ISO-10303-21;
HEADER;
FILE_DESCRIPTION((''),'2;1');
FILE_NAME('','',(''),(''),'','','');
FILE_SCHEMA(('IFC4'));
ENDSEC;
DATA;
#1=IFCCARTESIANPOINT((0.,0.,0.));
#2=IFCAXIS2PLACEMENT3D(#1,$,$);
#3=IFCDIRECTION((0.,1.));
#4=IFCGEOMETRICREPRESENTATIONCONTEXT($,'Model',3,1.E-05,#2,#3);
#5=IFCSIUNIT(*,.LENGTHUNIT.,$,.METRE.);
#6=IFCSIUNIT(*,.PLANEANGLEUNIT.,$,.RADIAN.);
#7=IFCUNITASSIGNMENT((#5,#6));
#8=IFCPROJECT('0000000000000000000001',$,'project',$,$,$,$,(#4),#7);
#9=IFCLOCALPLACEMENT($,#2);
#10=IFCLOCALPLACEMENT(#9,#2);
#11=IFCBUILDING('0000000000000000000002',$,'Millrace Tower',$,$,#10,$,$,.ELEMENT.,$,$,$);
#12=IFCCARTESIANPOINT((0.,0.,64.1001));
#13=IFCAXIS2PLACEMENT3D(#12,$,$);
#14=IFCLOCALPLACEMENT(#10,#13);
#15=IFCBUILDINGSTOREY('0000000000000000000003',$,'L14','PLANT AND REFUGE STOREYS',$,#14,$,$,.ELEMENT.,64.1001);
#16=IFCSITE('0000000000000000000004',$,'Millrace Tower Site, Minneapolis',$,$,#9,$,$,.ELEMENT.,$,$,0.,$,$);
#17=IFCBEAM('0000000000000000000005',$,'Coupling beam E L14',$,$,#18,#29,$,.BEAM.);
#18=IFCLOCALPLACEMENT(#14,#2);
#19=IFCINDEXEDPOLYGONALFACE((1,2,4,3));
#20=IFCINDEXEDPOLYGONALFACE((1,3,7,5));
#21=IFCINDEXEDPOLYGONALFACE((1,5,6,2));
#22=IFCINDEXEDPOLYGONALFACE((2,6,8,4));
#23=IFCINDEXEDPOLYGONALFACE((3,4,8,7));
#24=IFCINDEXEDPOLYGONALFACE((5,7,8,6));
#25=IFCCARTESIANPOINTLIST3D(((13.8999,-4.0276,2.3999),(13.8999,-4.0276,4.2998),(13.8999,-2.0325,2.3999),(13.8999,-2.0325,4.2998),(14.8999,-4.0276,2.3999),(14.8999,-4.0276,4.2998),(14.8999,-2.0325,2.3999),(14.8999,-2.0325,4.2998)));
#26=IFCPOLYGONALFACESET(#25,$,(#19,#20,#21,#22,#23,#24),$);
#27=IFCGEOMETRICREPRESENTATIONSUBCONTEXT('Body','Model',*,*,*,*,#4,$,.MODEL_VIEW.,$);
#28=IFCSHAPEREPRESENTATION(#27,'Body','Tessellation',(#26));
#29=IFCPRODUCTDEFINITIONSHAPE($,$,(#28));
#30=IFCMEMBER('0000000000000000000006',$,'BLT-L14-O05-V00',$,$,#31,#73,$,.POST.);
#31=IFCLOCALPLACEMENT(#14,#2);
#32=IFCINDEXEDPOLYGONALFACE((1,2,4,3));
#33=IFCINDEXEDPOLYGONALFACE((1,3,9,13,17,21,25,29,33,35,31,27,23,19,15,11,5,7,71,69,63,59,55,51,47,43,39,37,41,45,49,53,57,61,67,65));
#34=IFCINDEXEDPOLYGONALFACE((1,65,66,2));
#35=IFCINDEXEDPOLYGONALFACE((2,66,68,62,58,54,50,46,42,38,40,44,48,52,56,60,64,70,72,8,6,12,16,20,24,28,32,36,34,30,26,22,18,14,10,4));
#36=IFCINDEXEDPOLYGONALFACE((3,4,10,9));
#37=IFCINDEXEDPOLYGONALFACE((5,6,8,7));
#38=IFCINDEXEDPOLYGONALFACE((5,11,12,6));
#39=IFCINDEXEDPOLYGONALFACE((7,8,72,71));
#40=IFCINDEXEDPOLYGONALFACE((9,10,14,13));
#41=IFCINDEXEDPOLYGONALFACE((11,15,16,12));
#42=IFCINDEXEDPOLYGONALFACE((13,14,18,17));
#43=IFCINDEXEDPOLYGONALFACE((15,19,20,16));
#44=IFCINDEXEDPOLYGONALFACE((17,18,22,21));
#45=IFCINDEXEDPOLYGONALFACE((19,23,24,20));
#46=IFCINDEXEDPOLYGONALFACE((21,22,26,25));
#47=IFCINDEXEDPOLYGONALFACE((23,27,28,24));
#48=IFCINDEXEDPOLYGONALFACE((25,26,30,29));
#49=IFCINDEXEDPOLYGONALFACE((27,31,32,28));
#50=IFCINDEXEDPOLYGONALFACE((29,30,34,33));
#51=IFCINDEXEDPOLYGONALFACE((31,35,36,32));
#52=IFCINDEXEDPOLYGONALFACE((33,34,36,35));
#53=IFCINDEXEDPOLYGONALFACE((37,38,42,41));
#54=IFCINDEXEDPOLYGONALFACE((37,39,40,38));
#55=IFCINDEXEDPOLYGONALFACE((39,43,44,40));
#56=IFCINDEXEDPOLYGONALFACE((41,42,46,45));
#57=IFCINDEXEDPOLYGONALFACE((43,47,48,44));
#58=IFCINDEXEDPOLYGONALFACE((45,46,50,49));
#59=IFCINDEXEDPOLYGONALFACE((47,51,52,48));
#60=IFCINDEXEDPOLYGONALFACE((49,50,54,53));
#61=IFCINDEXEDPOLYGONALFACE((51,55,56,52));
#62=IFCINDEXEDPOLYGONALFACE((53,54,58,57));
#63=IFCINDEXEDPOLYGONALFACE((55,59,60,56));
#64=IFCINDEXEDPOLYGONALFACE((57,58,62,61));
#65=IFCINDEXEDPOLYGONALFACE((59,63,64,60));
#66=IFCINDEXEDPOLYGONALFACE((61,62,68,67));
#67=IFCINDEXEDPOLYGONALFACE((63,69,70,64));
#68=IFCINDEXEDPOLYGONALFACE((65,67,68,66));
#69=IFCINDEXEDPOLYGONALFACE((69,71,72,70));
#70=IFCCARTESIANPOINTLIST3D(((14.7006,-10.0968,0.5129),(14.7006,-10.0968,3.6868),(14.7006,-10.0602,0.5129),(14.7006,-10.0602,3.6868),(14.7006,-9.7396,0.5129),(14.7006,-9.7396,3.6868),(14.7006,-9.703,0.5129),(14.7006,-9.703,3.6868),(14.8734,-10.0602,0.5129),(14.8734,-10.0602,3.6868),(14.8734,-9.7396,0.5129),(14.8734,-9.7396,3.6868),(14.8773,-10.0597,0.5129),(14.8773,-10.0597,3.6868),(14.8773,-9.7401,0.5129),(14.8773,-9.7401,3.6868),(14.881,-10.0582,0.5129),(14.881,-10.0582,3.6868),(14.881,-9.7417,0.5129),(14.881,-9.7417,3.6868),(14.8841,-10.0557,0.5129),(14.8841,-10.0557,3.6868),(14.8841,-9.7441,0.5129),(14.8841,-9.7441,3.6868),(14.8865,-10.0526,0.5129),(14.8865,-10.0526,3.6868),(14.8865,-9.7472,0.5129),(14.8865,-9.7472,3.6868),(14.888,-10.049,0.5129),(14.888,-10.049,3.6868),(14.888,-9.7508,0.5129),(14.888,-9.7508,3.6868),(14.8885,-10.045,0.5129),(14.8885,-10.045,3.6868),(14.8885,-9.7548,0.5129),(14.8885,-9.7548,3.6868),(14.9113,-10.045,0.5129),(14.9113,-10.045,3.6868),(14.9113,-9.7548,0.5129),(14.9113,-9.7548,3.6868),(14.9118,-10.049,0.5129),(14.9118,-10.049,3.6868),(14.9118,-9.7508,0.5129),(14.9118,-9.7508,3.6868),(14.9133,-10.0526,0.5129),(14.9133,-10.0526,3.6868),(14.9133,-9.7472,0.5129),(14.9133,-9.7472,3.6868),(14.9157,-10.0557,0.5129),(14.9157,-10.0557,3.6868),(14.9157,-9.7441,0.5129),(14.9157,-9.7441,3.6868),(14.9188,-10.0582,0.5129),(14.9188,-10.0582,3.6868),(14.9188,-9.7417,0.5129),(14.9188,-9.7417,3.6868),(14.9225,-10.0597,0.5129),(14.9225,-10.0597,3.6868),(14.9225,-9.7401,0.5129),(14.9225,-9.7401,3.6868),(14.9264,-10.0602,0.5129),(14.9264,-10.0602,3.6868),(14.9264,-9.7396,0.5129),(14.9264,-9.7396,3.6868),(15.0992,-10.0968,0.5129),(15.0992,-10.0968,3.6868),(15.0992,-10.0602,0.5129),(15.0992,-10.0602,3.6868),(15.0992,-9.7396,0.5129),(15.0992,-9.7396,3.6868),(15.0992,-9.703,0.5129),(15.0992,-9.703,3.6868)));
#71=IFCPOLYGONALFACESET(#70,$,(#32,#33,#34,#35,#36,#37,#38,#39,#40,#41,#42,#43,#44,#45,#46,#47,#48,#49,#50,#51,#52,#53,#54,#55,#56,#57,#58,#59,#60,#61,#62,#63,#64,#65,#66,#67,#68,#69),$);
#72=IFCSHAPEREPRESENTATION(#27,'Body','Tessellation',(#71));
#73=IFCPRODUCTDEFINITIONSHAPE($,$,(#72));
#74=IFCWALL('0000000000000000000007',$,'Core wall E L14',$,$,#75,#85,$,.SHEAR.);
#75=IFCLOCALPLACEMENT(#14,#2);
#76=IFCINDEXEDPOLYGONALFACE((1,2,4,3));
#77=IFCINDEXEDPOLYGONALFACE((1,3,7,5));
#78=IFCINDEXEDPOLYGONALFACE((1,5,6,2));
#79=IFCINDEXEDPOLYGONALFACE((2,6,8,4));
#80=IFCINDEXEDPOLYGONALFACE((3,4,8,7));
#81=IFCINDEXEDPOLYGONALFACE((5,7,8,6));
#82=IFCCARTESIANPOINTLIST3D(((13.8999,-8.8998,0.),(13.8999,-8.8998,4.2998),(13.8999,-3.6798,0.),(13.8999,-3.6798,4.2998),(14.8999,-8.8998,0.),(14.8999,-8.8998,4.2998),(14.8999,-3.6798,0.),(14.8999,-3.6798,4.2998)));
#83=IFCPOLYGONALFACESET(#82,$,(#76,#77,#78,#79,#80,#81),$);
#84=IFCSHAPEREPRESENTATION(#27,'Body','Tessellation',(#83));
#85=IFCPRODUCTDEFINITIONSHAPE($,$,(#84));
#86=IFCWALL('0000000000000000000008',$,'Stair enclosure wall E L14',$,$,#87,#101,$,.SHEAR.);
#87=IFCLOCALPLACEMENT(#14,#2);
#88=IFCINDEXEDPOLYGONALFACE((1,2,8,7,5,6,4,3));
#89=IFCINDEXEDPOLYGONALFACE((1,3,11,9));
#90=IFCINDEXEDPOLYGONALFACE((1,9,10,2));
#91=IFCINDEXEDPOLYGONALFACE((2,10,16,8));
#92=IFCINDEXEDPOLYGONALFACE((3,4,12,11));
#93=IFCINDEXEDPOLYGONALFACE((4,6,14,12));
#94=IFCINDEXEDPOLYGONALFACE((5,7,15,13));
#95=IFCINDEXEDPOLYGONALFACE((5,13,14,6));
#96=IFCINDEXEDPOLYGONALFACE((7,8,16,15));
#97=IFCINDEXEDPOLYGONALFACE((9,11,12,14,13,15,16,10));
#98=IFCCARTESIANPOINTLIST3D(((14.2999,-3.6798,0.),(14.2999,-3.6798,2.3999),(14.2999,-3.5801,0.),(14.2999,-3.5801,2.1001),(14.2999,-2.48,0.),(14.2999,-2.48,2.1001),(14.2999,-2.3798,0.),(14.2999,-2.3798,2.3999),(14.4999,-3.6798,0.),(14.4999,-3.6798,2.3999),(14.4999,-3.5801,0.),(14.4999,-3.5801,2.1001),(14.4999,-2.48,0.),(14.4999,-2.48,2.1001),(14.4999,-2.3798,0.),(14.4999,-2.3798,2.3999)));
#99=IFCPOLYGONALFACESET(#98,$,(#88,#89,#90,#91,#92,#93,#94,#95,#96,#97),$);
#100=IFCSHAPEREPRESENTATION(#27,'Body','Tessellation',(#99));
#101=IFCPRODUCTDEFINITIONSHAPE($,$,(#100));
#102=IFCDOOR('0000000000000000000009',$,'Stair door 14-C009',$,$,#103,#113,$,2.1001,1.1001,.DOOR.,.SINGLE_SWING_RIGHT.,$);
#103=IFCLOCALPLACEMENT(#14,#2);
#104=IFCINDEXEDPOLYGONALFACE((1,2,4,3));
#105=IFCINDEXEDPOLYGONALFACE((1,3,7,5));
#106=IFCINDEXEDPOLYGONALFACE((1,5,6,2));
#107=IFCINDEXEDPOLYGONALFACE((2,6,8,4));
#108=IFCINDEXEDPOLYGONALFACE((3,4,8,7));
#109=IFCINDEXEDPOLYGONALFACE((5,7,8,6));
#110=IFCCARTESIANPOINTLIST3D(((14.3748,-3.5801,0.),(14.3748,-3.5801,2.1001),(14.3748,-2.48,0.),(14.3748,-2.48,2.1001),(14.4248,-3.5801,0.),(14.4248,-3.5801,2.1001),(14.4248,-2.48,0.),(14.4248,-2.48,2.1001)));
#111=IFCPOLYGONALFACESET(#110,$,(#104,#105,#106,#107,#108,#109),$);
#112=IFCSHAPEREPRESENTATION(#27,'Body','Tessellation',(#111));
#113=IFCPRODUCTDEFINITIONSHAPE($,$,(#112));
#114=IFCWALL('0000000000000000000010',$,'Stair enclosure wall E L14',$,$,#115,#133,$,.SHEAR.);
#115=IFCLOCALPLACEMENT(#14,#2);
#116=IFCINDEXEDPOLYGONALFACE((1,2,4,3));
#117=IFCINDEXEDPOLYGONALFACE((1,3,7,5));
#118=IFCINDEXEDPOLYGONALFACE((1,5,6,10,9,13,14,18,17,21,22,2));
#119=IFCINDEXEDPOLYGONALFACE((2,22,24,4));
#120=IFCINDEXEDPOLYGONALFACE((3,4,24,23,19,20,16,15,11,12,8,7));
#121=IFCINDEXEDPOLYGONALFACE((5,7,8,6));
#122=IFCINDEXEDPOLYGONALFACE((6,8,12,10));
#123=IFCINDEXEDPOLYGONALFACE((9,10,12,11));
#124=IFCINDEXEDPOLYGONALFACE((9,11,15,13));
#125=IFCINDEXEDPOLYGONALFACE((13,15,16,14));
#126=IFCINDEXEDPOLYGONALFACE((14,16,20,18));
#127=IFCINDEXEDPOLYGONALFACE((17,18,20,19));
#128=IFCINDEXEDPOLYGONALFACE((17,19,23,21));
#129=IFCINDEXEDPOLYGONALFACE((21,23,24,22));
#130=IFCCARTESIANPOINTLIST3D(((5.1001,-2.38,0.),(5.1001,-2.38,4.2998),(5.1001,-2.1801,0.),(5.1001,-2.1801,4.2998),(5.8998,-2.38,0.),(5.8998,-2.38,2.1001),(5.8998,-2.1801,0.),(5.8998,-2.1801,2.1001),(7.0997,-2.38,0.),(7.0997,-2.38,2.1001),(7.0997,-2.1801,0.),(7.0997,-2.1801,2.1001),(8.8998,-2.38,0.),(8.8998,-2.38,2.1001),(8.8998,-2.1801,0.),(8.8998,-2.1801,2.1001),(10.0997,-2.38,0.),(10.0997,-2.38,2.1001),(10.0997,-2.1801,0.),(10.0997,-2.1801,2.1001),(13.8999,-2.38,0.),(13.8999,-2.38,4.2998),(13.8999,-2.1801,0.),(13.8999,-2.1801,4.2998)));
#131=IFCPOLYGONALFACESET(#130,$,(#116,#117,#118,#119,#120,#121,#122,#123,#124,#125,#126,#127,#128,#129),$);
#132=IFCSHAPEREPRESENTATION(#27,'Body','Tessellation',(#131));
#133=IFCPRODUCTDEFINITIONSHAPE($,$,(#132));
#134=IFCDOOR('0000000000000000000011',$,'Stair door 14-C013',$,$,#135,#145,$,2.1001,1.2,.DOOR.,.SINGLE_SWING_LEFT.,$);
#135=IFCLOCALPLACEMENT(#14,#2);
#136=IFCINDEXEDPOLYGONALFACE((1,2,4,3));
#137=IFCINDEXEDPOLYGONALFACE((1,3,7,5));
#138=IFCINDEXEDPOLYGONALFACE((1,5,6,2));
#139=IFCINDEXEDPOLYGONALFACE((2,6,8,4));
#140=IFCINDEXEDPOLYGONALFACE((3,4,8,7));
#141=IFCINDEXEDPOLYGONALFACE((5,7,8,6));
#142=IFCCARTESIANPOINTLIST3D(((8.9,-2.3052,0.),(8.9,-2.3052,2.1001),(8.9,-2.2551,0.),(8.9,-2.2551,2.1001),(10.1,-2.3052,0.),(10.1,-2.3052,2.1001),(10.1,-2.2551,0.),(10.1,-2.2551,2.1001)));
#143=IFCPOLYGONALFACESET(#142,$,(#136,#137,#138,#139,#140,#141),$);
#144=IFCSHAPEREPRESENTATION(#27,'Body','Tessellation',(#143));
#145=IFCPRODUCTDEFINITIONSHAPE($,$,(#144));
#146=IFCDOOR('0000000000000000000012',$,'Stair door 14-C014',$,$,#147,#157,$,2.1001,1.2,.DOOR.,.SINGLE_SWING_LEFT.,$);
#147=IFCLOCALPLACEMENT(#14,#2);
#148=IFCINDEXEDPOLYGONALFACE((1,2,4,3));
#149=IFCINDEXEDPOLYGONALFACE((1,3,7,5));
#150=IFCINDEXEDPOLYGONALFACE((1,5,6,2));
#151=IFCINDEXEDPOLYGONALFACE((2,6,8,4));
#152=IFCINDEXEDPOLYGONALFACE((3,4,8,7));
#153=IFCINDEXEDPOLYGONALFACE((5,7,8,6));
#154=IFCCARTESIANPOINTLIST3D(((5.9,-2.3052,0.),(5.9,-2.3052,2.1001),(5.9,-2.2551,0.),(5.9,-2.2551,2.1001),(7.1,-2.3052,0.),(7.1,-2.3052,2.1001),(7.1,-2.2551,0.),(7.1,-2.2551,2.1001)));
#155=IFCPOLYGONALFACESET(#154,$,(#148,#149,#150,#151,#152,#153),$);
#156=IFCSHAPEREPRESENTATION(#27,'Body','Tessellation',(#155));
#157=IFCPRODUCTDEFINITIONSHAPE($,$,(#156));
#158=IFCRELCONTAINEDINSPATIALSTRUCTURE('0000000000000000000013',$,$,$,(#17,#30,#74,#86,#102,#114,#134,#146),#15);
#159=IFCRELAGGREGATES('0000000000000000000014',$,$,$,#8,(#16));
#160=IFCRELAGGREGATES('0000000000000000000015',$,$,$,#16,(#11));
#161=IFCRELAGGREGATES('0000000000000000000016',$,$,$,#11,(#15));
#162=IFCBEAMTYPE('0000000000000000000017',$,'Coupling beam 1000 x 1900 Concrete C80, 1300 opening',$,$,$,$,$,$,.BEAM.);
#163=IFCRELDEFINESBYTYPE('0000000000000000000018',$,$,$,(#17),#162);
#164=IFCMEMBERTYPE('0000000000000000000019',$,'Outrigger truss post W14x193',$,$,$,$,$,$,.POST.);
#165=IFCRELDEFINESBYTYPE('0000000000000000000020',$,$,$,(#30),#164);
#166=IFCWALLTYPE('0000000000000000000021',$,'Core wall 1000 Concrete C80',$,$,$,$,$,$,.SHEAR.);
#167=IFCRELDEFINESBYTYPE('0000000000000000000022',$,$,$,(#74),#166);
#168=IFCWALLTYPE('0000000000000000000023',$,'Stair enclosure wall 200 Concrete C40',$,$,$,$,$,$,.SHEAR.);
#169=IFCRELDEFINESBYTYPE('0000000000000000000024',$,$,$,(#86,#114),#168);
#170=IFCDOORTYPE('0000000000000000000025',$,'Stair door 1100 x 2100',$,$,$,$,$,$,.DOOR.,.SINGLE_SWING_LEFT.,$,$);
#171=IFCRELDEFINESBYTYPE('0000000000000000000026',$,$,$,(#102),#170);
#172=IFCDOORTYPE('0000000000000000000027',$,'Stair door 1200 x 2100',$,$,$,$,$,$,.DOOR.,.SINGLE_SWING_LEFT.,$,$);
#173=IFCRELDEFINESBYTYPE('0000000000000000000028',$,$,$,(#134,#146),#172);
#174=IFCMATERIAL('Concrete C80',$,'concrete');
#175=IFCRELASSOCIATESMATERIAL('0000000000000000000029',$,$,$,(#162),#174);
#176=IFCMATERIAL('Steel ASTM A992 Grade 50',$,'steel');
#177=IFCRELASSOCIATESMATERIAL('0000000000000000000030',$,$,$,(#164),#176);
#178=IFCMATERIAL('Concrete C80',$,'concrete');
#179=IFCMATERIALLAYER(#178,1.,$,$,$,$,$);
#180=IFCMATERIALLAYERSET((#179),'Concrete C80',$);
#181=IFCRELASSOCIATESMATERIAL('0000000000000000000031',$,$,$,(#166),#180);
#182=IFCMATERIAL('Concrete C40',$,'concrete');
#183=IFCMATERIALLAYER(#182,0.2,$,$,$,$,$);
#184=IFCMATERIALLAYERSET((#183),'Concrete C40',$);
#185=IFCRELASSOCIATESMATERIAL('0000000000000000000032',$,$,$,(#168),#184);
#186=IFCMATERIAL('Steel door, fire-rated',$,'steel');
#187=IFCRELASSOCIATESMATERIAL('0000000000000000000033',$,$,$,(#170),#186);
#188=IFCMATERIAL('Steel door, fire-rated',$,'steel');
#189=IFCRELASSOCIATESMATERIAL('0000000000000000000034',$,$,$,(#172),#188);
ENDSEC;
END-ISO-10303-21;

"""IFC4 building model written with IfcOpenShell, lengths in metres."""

from ifc_helpers import new_model, si_unit, direction, frame, frame_2d, origin, origin_2d, place, context, subcontext, project, spatial, rectangle, i_section, extrude, material, layer, layer_set, material_profile, profile_set, type_object, element, fill, save


model = new_model("IFC4")

# Units and contexts
model_context = context("Model", 3, precision=1e-05, world=origin(), true_north=direction((0.0, 1.0)))
body_context = subcontext(model_context, "Body", "Model", "MODEL_VIEW")
ifc_project = project(units=[si_unit("LENGTHUNIT", "METRE"), si_unit("PLANEANGLEUNIT", "RADIAN")], contexts=[model_context])

# Site, building, storey
site_placement = place(None, origin())
site = spatial("IfcSite", under=ifc_project, at=site_placement, Name="Millrace Tower Site, Minneapolis", CompositionType="ELEMENT", RefElevation=0.0)
building_placement = place(site_placement, origin())
building = spatial("IfcBuilding", under=site, at=building_placement, Name="Millrace Tower", CompositionType="ELEMENT")
storey_placement = place(building_placement, frame((0.0, 0.0, 64.1001)))
storey = spatial("IfcBuildingStorey", under=building, at=storey_placement, Name="L14", Description="PLANT AND REFUGE STOREYS", CompositionType="ELEMENT", Elevation=64.1001)

# Beam
ifc_material_1 = material(Name="Concrete C80", Category="concrete")
ifc_material_profile_1 = material_profile(ifc_material_1, rectangle(XDim=1.0, YDim=1.8999, at=origin_2d()))
ifc_profile_set_1 = profile_set([ifc_material_profile_1], Name="Concrete C80")
beam_type = type_object("IfcBeamType", Name="Coupling beam 1000 x 1900 Concrete C80, 1300 opening", PredefinedType="BEAM", material=ifc_profile_set_1)
beam_placement = place(storey_placement, frame((14.3999, -2.0325, 3.3499), z_axis=(0.0, -1.0, 0.0), x_axis=(1.0, 0.0, 0.0)))
element("IfcBeam", 1, at=beam_placement, inside=storey, type_object=beam_type, Name="Coupling beam E L14", PredefinedType="BEAM", context=body_context, shape_type="SweptSolid", body=[
    extrude(rectangle(XDim=1.0, YDim=1.8999, at=origin_2d()), origin(), (0.0, 0.0, 1.0), 1.9951),
])

# Member
ifc_material_2 = material(Name="Steel ASTM A992 Grade 50", Category="steel")
ifc_material_profile_2 = material_profile(ifc_material_2, i_section(OverallWidth=0.3987, OverallDepth=0.3938, WebThickness=0.0227, FlangeThickness=0.0366, FilletRadius=0.0151, at=origin_2d()))
ifc_profile_set_2 = profile_set([ifc_material_profile_2], Name="Steel ASTM A992 Grade 50")
member_type = type_object("IfcMemberType", Name="Outrigger truss post W14x193", PredefinedType="POST", material=ifc_profile_set_2)
member_placement = place(storey_placement, frame((14.8999, -9.8999, 0.5129), z_axis=(0.0, 0.0, 1.0), x_axis=(1.0, 0.0, 0.0)))
element("IfcMember", 2, at=member_placement, inside=storey, type_object=member_type, Name="BLT-L14-O05-V00", PredefinedType="POST", context=body_context, shape_type="SweptSolid", body=[
    extrude(i_section(OverallWidth=0.3987, OverallDepth=0.3938, WebThickness=0.0227, FlangeThickness=0.0366, FilletRadius=0.0151, at=origin_2d()), origin(), (0.0, 0.0, 1.0), 3.1738),
])

# Wall
ifc_material_3 = material(Name="Concrete C80", Category="concrete")
ifc_layer_1 = layer(ifc_material_3, 1.0)
ifc_layer_set_1 = layer_set([ifc_layer_1], Name="Concrete C80")
wall_type_1 = type_object("IfcWallType", Name="Core wall 1000 Concrete C80", PredefinedType="SHEAR", material=ifc_layer_set_1)
wall_1_placement = place(storey_placement, frame((14.3999, -3.6799, 0.0), z_axis=(0.0, 0.0, 1.0), x_axis=(0.0, -1.0, 0.0)))
element("IfcWall", 3, at=wall_1_placement, inside=storey, type_object=wall_type_1, Name="Core wall E L14", PredefinedType="SHEAR", context=body_context, shape_type="SweptSolid", body=[
    extrude(rectangle(XDim=5.22, YDim=1.0, at=frame_2d((2.6099, 0.0))), origin(), (0.0, 0.0, 1.0), 4.2998),
])

# Wall, opening, door
ifc_material_4 = material(Name="Concrete C40", Category="concrete")
ifc_layer_2 = layer(ifc_material_4, 0.2)
ifc_layer_set_2 = layer_set([ifc_layer_2], Name="Concrete C40")
wall_type_2 = type_object("IfcWallType", Name="Stair enclosure wall 200 Concrete C40", PredefinedType="SHEAR", material=ifc_layer_set_2)
wall_2_placement = place(storey_placement, frame((14.3999, -2.3799, 0.0), z_axis=(0.0, 0.0, 1.0), x_axis=(0.0, -1.0, 0.0)))
wall_2 = element("IfcWall", 4, at=wall_2_placement, inside=storey, type_object=wall_type_2, Name="Stair enclosure wall E L14", PredefinedType="SHEAR", context=body_context, shape_type="SweptSolid", body=[
    extrude(rectangle(XDim=1.3, YDim=0.2, at=frame_2d((0.6499, 0.0))), origin(), (0.0, 0.0, 1.0), 2.3999),
])
opening_1_placement = place(wall_2_placement, frame((0.1001, 0.0, 0.0)))
opening_1 = element("IfcOpeningElement", 5, at=opening_1_placement, cuts=wall_2, PredefinedType="OPENING", context=body_context, shape_type="SweptSolid", body=[
    extrude(rectangle(XDim=1.1001, YDim=2.1001, at=frame_2d((0.55, 1.05))), frame((0.0, 0.1099, 0.0), z_axis=(0.0, -1.0, 0.0), x_axis=(1.0, 0.0, 0.0)), (0.0, 0.0, 1.0), 0.22),
])
ifc_material_5 = material(Name="Steel door, fire-rated", Category="steel")
door_type_1 = type_object("IfcDoorType", Name="Stair door 1100 x 2100", OperationType="SINGLE_SWING_LEFT", PredefinedType="DOOR", material=ifc_material_5)
door_1_placement = place(opening_1_placement, origin())
door_1 = element("IfcDoor", 6, at=door_1_placement, inside=storey, type_object=door_type_1, Name="Stair door 14-C009", OperationType="SINGLE_SWING_RIGHT", OverallHeight=2.1001, OverallWidth=1.1001, PredefinedType="DOOR", context=body_context, shape_type="SweptSolid", body=[
    extrude(rectangle(XDim=1.1001, YDim=2.1001, at=frame_2d((0.55, 1.05))), frame((0.0, 0.0249, 0.0), z_axis=(0.0, -1.0, 0.0), x_axis=(1.0, 0.0, 0.0)), (0.0, 0.0, 1.0), 0.05),
])
fill(opening_1, door_1)

# Wall, openings, doors
wall_3_placement = place(storey_placement, frame((13.8999, -2.28, 0.0), z_axis=(0.0, 0.0, 1.0), x_axis=(-1.0, 0.0, 0.0)))
wall_3 = element("IfcWall", 7, at=wall_3_placement, inside=storey, type_object=wall_type_2, Name="Stair enclosure wall E L14", PredefinedType="SHEAR", context=body_context, shape_type="SweptSolid", body=[
    extrude(rectangle(XDim=8.7998, YDim=0.2, at=frame_2d((4.3999, 0.0))), origin(), (0.0, 0.0, 1.0), 4.2998),
])
opening_2_placement = place(wall_3_placement, frame((3.8, 0.0, 0.0)))
opening_2 = element("IfcOpeningElement", 8, at=opening_2_placement, cuts=wall_3, PredefinedType="OPENING", context=body_context, shape_type="SweptSolid", body=[
    extrude(rectangle(XDim=1.2, YDim=2.1001, at=frame_2d((0.6001, 1.05))), frame((0.0, 0.1099, 0.0), z_axis=(0.0, -1.0, 0.0), x_axis=(1.0, 0.0, 0.0)), (0.0, 0.0, 1.0), 0.22),
])
opening_3_placement = place(wall_3_placement, frame((6.8, 0.0, 0.0)))
opening_3 = element("IfcOpeningElement", 9, at=opening_3_placement, cuts=wall_3, PredefinedType="OPENING", context=body_context, shape_type="SweptSolid", body=[
    extrude(rectangle(XDim=1.2, YDim=2.1001, at=frame_2d((0.6001, 1.05))), frame((0.0, 0.1099, 0.0), z_axis=(0.0, -1.0, 0.0), x_axis=(1.0, 0.0, 0.0)), (0.0, 0.0, 1.0), 0.22),
])
ifc_material_6 = material(Name="Steel door, fire-rated", Category="steel")
door_type_2 = type_object("IfcDoorType", Name="Stair door 1200 x 2100", OperationType="SINGLE_SWING_LEFT", PredefinedType="DOOR", material=ifc_material_6)
door_2_placement = place(opening_2_placement, frame((1.2, 0.0, 0.0), z_axis=(0.0, 0.0, 1.0), x_axis=(-1.0, 0.0, 0.0)))
door_2 = element("IfcDoor", 10, at=door_2_placement, inside=storey, type_object=door_type_2, Name="Stair door 14-C013", OperationType="SINGLE_SWING_LEFT", OverallHeight=2.1001, OverallWidth=1.2, PredefinedType="DOOR", context=body_context, shape_type="SweptSolid", body=[
    extrude(rectangle(XDim=1.2, YDim=2.1001, at=frame_2d((0.6001, 1.05))), frame((0.0, 0.0249, 0.0), z_axis=(0.0, -1.0, 0.0), x_axis=(1.0, 0.0, 0.0)), (0.0, 0.0, 1.0), 0.05),
])
fill(opening_2, door_2)
door_3_placement = place(opening_3_placement, frame((1.2, 0.0, 0.0), z_axis=(0.0, 0.0, 1.0), x_axis=(-1.0, 0.0, 0.0)))
door_3 = element("IfcDoor", 11, at=door_3_placement, inside=storey, type_object=door_type_2, Name="Stair door 14-C014", OperationType="SINGLE_SWING_LEFT", OverallHeight=2.1001, OverallWidth=1.2, PredefinedType="DOOR", context=body_context, shape_type="SweptSolid", body=[
    extrude(rectangle(XDim=1.2, YDim=2.1001, at=frame_2d((0.6001, 1.05))), frame((0.0, 0.0249, 0.0), z_axis=(0.0, -1.0, 0.0), x_axis=(1.0, 0.0, 0.0)), (0.0, 0.0, 1.0), 0.05),
])
fill(opening_3, door_3)

save(model, "model.ifc")
